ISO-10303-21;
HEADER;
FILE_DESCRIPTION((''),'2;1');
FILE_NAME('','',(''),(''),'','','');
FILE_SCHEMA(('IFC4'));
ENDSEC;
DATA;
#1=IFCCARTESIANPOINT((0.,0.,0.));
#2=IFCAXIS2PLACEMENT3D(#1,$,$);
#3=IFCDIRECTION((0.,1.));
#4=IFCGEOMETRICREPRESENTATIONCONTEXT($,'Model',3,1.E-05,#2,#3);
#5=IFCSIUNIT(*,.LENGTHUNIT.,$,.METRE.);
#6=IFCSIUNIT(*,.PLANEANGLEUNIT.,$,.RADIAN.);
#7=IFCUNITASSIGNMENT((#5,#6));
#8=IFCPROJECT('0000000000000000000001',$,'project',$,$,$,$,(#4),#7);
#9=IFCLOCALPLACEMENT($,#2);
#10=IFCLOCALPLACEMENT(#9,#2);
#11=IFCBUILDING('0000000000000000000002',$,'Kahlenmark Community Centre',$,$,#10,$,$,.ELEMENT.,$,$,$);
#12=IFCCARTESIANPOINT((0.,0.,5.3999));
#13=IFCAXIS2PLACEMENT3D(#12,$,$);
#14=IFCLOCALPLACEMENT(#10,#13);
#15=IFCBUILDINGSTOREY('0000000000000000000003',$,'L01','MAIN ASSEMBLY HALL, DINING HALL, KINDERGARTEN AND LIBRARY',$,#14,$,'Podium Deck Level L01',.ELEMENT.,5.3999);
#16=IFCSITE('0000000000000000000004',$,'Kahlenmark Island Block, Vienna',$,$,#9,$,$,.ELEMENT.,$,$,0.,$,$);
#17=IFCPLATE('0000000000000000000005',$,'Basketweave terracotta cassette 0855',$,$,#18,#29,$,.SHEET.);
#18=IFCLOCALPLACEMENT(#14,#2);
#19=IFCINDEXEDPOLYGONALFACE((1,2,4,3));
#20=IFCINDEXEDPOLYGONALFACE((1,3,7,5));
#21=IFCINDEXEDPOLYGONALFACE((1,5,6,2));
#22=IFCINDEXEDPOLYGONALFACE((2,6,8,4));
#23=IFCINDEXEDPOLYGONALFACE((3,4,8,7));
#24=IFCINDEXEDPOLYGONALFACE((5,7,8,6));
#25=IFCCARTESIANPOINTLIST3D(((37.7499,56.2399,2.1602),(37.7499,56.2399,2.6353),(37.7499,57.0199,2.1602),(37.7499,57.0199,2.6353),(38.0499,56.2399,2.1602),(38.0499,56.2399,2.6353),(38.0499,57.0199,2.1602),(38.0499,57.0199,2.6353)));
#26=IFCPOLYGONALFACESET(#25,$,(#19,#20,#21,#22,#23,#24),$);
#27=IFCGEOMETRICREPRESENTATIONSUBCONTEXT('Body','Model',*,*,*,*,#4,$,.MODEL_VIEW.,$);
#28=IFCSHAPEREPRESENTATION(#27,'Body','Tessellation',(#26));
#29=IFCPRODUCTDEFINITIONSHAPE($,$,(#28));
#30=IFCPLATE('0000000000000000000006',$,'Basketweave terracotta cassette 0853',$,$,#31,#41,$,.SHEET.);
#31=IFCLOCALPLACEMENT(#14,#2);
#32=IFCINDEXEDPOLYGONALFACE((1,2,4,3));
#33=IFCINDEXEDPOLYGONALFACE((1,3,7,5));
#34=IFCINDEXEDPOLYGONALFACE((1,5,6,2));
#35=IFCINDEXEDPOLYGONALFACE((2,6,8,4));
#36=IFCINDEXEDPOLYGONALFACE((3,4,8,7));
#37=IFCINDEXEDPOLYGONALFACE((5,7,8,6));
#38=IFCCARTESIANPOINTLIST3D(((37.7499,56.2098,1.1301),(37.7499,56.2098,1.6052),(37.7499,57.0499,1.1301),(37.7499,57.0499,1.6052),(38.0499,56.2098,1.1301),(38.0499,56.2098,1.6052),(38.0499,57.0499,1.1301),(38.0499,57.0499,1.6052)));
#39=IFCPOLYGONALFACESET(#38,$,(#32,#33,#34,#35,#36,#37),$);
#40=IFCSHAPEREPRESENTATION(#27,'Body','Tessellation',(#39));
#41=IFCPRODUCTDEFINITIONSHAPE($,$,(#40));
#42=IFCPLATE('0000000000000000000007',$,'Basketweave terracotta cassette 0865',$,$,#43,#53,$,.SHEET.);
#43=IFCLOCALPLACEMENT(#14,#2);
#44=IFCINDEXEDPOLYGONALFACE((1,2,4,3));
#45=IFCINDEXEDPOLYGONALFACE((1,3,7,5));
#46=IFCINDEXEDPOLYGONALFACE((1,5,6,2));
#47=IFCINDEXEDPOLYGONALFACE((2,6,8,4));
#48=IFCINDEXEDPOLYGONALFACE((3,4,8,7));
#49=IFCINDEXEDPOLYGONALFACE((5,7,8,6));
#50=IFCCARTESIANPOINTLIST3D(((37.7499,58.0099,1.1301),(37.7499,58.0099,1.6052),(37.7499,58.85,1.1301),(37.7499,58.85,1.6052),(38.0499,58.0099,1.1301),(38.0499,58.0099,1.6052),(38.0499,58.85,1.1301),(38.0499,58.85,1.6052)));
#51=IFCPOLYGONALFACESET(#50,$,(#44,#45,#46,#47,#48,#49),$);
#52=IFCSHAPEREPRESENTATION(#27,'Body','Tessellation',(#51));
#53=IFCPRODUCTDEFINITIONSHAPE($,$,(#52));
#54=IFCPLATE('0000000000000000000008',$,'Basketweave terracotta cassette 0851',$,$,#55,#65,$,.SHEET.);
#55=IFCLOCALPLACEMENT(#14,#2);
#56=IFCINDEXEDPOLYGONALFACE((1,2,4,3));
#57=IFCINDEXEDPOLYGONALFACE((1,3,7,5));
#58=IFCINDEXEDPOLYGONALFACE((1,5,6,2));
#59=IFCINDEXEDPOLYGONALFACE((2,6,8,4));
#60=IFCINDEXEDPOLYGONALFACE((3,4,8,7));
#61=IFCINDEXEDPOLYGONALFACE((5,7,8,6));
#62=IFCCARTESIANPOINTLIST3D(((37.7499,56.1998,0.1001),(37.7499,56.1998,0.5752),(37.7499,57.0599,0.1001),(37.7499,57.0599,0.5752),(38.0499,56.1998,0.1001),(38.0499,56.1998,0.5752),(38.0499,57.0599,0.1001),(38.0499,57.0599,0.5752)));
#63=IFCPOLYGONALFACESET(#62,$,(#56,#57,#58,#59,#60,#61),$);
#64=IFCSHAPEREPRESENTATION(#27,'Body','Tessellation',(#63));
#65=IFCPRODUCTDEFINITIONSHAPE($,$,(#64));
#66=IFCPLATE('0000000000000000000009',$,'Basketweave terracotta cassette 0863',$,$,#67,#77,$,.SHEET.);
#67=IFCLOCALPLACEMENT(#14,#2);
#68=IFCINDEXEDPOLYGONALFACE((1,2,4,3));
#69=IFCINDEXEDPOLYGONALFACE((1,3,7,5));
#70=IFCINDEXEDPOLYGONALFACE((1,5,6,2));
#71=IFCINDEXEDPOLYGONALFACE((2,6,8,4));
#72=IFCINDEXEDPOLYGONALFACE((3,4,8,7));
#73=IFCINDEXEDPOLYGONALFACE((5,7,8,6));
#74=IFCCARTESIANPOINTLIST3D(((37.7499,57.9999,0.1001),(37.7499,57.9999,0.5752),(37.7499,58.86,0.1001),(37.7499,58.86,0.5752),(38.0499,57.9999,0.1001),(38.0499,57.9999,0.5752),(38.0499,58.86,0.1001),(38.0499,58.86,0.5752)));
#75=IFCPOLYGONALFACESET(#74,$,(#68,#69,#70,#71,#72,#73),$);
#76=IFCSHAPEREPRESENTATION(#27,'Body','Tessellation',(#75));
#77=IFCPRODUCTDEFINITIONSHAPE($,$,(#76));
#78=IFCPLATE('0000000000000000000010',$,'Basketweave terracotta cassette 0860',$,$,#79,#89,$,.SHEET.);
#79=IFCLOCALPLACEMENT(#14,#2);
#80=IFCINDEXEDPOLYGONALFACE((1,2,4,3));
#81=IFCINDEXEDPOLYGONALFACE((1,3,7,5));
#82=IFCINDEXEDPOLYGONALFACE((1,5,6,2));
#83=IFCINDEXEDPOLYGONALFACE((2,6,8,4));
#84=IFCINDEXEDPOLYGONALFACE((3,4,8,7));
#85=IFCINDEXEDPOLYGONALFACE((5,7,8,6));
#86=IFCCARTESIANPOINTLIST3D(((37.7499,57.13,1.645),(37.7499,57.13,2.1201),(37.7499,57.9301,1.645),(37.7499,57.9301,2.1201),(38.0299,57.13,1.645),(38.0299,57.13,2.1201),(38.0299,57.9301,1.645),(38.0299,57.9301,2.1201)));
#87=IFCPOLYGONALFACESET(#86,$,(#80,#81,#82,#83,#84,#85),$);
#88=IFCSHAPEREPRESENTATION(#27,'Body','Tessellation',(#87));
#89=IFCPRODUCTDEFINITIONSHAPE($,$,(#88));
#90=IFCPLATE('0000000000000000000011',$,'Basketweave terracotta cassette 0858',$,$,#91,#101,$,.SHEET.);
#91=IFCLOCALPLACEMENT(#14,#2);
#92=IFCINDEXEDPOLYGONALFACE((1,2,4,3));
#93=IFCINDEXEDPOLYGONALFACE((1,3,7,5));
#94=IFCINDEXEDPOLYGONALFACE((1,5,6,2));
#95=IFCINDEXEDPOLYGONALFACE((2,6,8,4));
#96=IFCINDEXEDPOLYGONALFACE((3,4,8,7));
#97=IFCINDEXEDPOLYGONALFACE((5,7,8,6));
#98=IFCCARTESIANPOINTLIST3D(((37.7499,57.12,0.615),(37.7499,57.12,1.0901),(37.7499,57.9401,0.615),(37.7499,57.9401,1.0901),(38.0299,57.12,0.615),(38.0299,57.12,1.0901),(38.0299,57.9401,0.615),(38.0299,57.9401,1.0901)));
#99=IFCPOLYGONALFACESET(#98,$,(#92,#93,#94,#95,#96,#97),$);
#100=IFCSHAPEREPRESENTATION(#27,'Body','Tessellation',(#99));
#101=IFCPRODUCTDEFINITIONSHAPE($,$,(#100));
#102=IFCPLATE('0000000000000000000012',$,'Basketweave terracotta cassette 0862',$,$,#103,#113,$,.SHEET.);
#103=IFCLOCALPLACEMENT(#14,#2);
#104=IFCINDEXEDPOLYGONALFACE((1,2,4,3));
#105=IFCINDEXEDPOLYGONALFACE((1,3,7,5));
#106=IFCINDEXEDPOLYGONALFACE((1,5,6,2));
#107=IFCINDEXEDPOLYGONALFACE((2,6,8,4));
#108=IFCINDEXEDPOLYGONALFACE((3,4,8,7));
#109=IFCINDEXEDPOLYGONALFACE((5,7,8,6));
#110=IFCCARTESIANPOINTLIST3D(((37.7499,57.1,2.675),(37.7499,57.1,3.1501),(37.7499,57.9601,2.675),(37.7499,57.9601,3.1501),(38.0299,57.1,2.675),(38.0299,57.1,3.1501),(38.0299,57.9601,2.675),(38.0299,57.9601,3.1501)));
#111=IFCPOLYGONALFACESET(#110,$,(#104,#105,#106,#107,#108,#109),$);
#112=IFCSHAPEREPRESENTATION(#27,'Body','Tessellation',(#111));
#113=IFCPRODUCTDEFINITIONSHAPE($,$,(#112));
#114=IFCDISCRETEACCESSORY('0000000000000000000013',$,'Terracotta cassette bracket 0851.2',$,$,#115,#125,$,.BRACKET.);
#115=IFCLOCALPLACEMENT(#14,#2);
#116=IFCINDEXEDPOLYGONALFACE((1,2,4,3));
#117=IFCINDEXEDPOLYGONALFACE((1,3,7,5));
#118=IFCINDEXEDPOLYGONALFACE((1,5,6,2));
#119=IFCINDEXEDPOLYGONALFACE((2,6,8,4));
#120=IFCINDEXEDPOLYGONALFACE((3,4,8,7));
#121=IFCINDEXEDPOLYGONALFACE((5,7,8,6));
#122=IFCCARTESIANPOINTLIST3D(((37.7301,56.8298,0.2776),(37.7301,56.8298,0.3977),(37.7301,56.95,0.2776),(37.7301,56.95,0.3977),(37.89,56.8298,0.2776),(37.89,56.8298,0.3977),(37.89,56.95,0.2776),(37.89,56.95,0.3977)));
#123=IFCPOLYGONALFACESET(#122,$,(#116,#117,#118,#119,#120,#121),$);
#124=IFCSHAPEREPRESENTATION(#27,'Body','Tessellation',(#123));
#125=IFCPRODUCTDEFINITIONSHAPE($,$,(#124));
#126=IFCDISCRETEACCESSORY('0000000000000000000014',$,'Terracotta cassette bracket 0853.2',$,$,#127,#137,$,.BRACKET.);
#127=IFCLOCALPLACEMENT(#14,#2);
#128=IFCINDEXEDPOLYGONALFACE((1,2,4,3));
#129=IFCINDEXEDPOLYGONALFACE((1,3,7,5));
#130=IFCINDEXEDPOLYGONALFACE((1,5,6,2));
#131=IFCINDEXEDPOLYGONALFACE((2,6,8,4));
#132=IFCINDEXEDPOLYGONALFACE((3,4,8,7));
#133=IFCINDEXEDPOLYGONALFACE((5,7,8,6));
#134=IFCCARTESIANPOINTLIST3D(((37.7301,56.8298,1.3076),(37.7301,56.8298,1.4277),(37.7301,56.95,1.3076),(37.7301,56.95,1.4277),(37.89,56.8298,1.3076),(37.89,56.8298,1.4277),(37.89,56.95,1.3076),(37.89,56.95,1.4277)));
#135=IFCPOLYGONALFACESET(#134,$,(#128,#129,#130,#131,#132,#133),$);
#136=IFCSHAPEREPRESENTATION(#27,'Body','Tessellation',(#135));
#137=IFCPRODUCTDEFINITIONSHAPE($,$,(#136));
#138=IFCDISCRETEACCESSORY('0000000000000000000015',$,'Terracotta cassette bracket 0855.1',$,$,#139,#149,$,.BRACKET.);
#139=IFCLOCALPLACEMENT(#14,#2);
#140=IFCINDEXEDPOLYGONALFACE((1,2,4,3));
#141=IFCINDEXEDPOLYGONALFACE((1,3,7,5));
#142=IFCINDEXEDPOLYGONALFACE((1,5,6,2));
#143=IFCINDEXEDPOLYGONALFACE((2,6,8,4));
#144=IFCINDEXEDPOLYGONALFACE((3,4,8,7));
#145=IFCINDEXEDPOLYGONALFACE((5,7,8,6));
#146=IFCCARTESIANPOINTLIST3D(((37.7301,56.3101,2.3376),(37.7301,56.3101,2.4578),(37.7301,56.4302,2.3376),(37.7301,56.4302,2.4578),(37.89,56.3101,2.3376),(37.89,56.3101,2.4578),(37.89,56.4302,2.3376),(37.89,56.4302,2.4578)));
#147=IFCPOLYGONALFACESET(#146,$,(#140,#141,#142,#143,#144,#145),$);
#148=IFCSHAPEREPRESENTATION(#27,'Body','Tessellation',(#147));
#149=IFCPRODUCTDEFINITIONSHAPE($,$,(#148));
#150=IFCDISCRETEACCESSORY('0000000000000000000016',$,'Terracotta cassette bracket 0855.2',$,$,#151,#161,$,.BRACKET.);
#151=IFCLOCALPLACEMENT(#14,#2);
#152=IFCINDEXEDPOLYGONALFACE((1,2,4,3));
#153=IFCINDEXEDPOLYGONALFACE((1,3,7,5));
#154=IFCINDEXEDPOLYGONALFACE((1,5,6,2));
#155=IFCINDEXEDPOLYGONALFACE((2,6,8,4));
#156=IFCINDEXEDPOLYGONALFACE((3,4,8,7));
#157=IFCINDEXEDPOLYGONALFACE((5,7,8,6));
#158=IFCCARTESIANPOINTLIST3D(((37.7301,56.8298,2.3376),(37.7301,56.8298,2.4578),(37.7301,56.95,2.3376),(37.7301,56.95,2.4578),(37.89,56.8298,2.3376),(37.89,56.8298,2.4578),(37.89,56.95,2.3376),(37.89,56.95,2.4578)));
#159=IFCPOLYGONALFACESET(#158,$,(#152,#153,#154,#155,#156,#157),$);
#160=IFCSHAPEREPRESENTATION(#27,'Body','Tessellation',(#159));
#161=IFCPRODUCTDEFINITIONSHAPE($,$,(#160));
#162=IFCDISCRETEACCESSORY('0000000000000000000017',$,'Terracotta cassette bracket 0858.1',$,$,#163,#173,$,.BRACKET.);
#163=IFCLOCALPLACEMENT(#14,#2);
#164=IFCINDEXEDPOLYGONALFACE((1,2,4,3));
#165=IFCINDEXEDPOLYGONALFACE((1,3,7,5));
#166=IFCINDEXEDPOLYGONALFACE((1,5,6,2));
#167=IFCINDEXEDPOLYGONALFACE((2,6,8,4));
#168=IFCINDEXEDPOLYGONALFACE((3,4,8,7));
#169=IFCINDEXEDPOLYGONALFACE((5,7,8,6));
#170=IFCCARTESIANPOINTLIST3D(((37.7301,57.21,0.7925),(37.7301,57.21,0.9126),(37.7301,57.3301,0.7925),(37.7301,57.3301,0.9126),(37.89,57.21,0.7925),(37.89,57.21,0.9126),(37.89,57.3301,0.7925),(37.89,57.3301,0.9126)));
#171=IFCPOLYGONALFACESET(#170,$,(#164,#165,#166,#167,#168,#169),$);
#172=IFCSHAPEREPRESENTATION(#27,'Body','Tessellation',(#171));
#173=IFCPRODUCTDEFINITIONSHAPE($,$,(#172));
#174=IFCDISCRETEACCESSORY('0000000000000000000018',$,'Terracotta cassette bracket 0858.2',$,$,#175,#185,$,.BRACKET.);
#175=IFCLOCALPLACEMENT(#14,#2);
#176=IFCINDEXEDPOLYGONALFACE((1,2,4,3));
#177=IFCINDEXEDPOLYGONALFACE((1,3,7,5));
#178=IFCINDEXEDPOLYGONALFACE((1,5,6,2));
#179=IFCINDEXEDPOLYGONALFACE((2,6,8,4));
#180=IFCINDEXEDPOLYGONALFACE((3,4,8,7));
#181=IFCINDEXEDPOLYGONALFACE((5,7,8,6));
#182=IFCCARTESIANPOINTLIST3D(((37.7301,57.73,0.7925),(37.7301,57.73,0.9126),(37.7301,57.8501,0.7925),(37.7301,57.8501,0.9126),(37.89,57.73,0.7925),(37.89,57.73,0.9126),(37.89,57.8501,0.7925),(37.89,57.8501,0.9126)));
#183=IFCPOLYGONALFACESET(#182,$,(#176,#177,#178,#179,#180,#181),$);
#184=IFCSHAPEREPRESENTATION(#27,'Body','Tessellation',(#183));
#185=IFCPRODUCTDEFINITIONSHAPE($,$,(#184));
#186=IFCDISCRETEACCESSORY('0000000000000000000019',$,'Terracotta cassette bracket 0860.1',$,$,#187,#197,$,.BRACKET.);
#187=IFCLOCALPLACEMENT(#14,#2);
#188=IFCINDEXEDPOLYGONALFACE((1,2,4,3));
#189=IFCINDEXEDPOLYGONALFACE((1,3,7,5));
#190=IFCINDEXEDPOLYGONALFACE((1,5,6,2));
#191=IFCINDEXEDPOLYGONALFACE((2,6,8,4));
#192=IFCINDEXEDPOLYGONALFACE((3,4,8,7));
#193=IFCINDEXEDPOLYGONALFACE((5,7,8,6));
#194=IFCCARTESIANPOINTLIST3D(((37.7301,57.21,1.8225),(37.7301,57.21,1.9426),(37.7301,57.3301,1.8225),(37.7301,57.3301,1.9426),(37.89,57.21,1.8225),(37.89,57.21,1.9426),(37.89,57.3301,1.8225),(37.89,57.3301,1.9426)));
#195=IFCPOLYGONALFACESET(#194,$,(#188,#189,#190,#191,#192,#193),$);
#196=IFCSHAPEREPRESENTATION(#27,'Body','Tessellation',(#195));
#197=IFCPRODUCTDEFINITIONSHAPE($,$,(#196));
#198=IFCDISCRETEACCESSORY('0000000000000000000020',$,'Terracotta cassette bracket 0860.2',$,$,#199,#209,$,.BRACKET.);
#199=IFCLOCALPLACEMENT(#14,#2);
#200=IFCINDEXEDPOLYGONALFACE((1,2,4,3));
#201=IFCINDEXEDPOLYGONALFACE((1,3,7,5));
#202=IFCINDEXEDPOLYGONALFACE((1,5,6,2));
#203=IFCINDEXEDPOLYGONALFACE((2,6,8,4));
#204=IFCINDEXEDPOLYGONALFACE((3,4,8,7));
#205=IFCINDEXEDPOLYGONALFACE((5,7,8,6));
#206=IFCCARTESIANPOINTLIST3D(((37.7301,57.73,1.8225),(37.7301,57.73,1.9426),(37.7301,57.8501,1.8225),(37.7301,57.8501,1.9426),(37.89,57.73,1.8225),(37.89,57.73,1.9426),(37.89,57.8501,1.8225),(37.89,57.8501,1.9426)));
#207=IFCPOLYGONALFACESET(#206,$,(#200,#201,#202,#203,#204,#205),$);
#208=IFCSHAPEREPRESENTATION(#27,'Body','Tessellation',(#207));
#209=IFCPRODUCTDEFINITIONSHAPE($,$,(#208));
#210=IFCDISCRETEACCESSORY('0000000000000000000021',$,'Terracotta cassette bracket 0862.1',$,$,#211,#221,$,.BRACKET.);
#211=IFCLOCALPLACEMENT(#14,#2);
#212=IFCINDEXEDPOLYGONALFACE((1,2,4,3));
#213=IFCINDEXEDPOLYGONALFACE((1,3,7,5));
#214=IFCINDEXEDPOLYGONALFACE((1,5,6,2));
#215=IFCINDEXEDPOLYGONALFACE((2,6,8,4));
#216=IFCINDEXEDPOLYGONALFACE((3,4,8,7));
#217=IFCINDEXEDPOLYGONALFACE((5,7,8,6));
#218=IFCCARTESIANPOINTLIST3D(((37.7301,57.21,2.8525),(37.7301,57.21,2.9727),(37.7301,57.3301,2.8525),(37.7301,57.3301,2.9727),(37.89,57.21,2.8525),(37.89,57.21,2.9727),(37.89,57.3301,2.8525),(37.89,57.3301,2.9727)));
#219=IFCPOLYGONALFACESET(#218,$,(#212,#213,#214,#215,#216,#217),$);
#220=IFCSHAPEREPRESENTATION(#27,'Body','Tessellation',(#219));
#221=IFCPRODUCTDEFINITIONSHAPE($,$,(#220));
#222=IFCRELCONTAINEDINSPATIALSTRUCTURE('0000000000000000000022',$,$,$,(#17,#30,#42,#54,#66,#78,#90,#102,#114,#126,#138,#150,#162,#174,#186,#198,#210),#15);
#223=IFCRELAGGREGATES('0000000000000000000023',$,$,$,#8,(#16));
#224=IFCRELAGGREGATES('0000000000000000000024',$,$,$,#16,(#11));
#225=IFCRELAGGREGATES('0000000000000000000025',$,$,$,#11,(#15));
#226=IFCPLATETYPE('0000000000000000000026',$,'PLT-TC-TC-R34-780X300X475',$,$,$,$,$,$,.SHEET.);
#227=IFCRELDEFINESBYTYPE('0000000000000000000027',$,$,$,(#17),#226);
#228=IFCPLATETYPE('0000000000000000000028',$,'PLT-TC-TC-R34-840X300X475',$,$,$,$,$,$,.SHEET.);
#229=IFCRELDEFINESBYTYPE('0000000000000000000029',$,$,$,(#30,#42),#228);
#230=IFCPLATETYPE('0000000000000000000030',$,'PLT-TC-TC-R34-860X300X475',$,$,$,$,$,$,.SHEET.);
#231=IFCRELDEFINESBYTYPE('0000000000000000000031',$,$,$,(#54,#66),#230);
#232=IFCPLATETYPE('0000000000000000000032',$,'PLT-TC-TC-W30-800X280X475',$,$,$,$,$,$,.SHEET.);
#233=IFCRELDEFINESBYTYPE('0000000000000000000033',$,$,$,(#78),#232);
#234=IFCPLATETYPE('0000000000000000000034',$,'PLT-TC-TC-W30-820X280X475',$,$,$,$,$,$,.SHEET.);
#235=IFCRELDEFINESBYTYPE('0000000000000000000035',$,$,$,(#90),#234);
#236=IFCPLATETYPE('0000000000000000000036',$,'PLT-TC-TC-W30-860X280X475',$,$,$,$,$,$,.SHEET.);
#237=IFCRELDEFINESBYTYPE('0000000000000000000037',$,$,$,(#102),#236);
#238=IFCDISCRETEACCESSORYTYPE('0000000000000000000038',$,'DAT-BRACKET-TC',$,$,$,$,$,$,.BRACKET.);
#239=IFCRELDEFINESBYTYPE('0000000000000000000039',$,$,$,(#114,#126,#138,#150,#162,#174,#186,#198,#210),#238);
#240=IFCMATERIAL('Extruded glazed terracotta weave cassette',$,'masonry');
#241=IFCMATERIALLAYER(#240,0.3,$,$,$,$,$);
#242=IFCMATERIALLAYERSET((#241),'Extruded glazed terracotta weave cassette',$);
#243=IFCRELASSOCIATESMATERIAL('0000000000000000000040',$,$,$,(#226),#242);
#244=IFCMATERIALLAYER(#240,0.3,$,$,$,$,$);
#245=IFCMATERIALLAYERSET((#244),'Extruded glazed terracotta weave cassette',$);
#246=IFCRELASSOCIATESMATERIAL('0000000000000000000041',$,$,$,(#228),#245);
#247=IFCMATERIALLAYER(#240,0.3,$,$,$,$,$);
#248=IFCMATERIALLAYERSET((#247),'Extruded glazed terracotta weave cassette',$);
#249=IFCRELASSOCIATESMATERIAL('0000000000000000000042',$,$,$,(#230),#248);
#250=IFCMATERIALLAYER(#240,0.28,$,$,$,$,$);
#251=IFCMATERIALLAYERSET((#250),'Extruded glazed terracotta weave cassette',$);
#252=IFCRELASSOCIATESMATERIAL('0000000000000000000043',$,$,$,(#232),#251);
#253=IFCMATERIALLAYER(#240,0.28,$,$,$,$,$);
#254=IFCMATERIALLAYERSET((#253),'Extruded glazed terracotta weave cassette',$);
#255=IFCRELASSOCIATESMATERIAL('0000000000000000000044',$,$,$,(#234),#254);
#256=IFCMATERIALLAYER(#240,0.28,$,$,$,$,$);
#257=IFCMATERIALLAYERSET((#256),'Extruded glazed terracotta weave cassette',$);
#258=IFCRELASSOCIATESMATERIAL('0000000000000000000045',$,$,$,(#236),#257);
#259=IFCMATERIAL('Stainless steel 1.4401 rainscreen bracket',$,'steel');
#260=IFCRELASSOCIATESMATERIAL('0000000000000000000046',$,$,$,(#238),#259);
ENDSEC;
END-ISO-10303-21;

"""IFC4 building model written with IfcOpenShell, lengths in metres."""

from ifc_helpers import new_model, si_unit, direction, frame, origin, origin_2d, place, context, subcontext, project, spatial, rectangle, extrude, material, layer, layer_set, type_object, element, save


model = new_model("IFC4")

# Units and contexts
model_context = context("Model", 3, precision=1e-05, world=origin(), true_north=direction((0.0, 1.0)))
body_context = subcontext(model_context, "Body", "Model", "MODEL_VIEW")
ifc_project = project(units=[si_unit("LENGTHUNIT", "METRE"), si_unit("PLANEANGLEUNIT", "RADIAN")], contexts=[model_context])

# Site, building, storey
site_placement = place(None, origin())
site = spatial("IfcSite", under=ifc_project, at=site_placement, Name="Kahlenmark Island Block, Vienna", CompositionType="ELEMENT", RefElevation=0.0)
building_placement = place(site_placement, origin())
building = spatial("IfcBuilding", under=site, at=building_placement, Name="Kahlenmark Community Centre", CompositionType="ELEMENT")
storey_placement = place(building_placement, frame((0.0, 0.0, 5.3999)))
storey = spatial("IfcBuildingStorey", under=building, at=storey_placement, Name="L01", Description="MAIN ASSEMBLY HALL, DINING HALL, KINDERGARTEN AND LIBRARY", LongName="Podium Deck Level L01", CompositionType="ELEMENT", Elevation=5.3999)

# Plates
ifc_material_1 = material(Name="Extruded glazed terracotta weave cassette", Category="masonry")
ifc_layer_1 = layer(ifc_material_1, 0.3)
ifc_layer_set_1 = layer_set([ifc_layer_1], Name="Extruded glazed terracotta weave cassette")
plate_type_1 = type_object("IfcPlateType", Name="PLT-TC-TC-R34-780X300X475", PredefinedType="SHEET", material=ifc_layer_set_1)
plate_1_placement = place(storey_placement, frame((37.8999, 56.6299, 2.1602), z_axis=(0.0, 0.0, 1.0), x_axis=(0.0, 1.0, 0.0)))
element("IfcPlate", 1, at=plate_1_placement, inside=storey, type_object=plate_type_1, Name="Basketweave terracotta cassette 0855", PredefinedType="SHEET", context=body_context, shape_type="SweptSolid", body=[
    extrude(rectangle(XDim=0.78, YDim=0.3, at=origin_2d()), origin(), (0.0, 0.0, 1.0), 0.4751),
])
ifc_layer_2 = layer(ifc_material_1, 0.3)
ifc_layer_set_2 = layer_set([ifc_layer_2], Name="Extruded glazed terracotta weave cassette")
plate_type_2 = type_object("IfcPlateType", Name="PLT-TC-TC-R34-840X300X475", PredefinedType="SHEET", material=ifc_layer_set_2)
for number, where, z_axis, x_axis, name in (
    (2, (37.8999, 56.6299, 1.1301), (0.0, 0.0, 1.0), (0.0, 1.0, 0.0), "Basketweave terracotta cassette 0853"),
    (3, (37.8999, 58.4299, 1.1301), (0.0, 0.0, 1.0), (0.0, 1.0, 0.0), "Basketweave terracotta cassette 0865"),
):
    element("IfcPlate", number, at=place(storey_placement, frame(where, z_axis=z_axis, x_axis=x_axis)), inside=storey, type_object=plate_type_2, Name=name, PredefinedType="SHEET", context=body_context, shape_type="SweptSolid", body=[
        extrude(rectangle(XDim=0.8401, YDim=0.3, at=origin_2d()), origin(), (0.0, 0.0, 1.0), 0.4751),
    ])
ifc_layer_3 = layer(ifc_material_1, 0.3)
ifc_layer_set_3 = layer_set([ifc_layer_3], Name="Extruded glazed terracotta weave cassette")
plate_type_3 = type_object("IfcPlateType", Name="PLT-TC-TC-R34-860X300X475", PredefinedType="SHEET", material=ifc_layer_set_3)
for number, where, z_axis, x_axis, name in (
    (4, (37.8999, 56.6299, 0.1001), (0.0, 0.0, 1.0), (0.0, 1.0, 0.0), "Basketweave terracotta cassette 0851"),
    (5, (37.8999, 58.4299, 0.1001), (0.0, 0.0, 1.0), (0.0, 1.0, 0.0), "Basketweave terracotta cassette 0863"),
):
    element("IfcPlate", number, at=place(storey_placement, frame(where, z_axis=z_axis, x_axis=x_axis)), inside=storey, type_object=plate_type_3, Name=name, PredefinedType="SHEET", context=body_context, shape_type="SweptSolid", body=[
        extrude(rectangle(XDim=0.8601, YDim=0.3, at=origin_2d()), origin(), (0.0, 0.0, 1.0), 0.4751),
    ])
ifc_layer_4 = layer(ifc_material_1, 0.28)
ifc_layer_set_4 = layer_set([ifc_layer_4], Name="Extruded glazed terracotta weave cassette")
plate_type_4 = type_object("IfcPlateType", Name="PLT-TC-TC-W30-800X280X475", PredefinedType="SHEET", material=ifc_layer_set_4)
plate_2_placement = place(storey_placement, frame((37.8899, 57.53, 1.645), z_axis=(0.0, 0.0, 1.0), x_axis=(0.0, 1.0, 0.0)))
element("IfcPlate", 6, at=plate_2_placement, inside=storey, type_object=plate_type_4, Name="Basketweave terracotta cassette 0860", PredefinedType="SHEET", context=body_context, shape_type="SweptSolid", body=[
    extrude(rectangle(XDim=0.8, YDim=0.28, at=origin_2d()), origin(), (0.0, 0.0, 1.0), 0.4751),
])
ifc_layer_5 = layer(ifc_material_1, 0.28)
ifc_layer_set_5 = layer_set([ifc_layer_5], Name="Extruded glazed terracotta weave cassette")
plate_type_5 = type_object("IfcPlateType", Name="PLT-TC-TC-W30-820X280X475", PredefinedType="SHEET", material=ifc_layer_set_5)
plate_3_placement = place(storey_placement, frame((37.8899, 57.53, 0.615), z_axis=(0.0, 0.0, 1.0), x_axis=(0.0, 1.0, 0.0)))
element("IfcPlate", 7, at=plate_3_placement, inside=storey, type_object=plate_type_5, Name="Basketweave terracotta cassette 0858", PredefinedType="SHEET", context=body_context, shape_type="SweptSolid", body=[
    extrude(rectangle(XDim=0.8201, YDim=0.28, at=origin_2d()), origin(), (0.0, 0.0, 1.0), 0.4751),
])
ifc_layer_6 = layer(ifc_material_1, 0.28)
ifc_layer_set_6 = layer_set([ifc_layer_6], Name="Extruded glazed terracotta weave cassette")
plate_type_6 = type_object("IfcPlateType", Name="PLT-TC-TC-W30-860X280X475", PredefinedType="SHEET", material=ifc_layer_set_6)
plate_4_placement = place(storey_placement, frame((37.8899, 57.53, 2.675), z_axis=(0.0, 0.0, 1.0), x_axis=(0.0, 1.0, 0.0)))
element("IfcPlate", 8, at=plate_4_placement, inside=storey, type_object=plate_type_6, Name="Basketweave terracotta cassette 0862", PredefinedType="SHEET", context=body_context, shape_type="SweptSolid", body=[
    extrude(rectangle(XDim=0.8601, YDim=0.28, at=origin_2d()), origin(), (0.0, 0.0, 1.0), 0.4751),
])

# Discrete accessories
ifc_material_2 = material(Name="Stainless steel 1.4401 rainscreen bracket", Category="steel")
discrete_accessory_type = type_object("IfcDiscreteAccessoryType", Name="DAT-BRACKET-TC", PredefinedType="BRACKET", material=ifc_material_2)
for number, where, z_axis, x_axis, name in (
    (9, (37.8101, 56.8899, 0.2776), (0.0, 0.0, 1.0), (0.0, 1.0, 0.0), "Terracotta cassette bracket 0851.2"),
    (10, (37.8101, 56.8899, 1.3076), (0.0, 0.0, 1.0), (0.0, 1.0, 0.0), "Terracotta cassette bracket 0853.2"),
    (11, (37.8101, 56.3701, 2.3376), (0.0, 0.0, 1.0), (0.0, 1.0, 0.0), "Terracotta cassette bracket 0855.1"),
    (12, (37.8101, 56.8899, 2.3376), (0.0, 0.0, 1.0), (0.0, 1.0, 0.0), "Terracotta cassette bracket 0855.2"),
    (13, (37.8101, 57.27, 0.7925), (0.0, 0.0, 1.0), (0.0, 1.0, 0.0), "Terracotta cassette bracket 0858.1"),
    (14, (37.8101, 57.79, 0.7925), (0.0, 0.0, 1.0), (0.0, 1.0, 0.0), "Terracotta cassette bracket 0858.2"),
    (15, (37.8101, 57.27, 1.8225), (0.0, 0.0, 1.0), (0.0, 1.0, 0.0), "Terracotta cassette bracket 0860.1"),
    (16, (37.8101, 57.79, 1.8225), (0.0, 0.0, 1.0), (0.0, 1.0, 0.0), "Terracotta cassette bracket 0860.2"),
    (17, (37.8101, 57.27, 2.8525), (0.0, 0.0, 1.0), (0.0, 1.0, 0.0), "Terracotta cassette bracket 0862.1"),
):
    element("IfcDiscreteAccessory", number, at=place(storey_placement, frame(where, z_axis=z_axis, x_axis=x_axis)), inside=storey, type_object=discrete_accessory_type, Name=name, PredefinedType="BRACKET", context=body_context, shape_type="SweptSolid", body=[
        extrude(rectangle(XDim=0.1201, YDim=0.1599, at=origin_2d()), origin(), (0.0, 0.0, 1.0), 0.1201),
    ])

save(model, "model.ifc")
